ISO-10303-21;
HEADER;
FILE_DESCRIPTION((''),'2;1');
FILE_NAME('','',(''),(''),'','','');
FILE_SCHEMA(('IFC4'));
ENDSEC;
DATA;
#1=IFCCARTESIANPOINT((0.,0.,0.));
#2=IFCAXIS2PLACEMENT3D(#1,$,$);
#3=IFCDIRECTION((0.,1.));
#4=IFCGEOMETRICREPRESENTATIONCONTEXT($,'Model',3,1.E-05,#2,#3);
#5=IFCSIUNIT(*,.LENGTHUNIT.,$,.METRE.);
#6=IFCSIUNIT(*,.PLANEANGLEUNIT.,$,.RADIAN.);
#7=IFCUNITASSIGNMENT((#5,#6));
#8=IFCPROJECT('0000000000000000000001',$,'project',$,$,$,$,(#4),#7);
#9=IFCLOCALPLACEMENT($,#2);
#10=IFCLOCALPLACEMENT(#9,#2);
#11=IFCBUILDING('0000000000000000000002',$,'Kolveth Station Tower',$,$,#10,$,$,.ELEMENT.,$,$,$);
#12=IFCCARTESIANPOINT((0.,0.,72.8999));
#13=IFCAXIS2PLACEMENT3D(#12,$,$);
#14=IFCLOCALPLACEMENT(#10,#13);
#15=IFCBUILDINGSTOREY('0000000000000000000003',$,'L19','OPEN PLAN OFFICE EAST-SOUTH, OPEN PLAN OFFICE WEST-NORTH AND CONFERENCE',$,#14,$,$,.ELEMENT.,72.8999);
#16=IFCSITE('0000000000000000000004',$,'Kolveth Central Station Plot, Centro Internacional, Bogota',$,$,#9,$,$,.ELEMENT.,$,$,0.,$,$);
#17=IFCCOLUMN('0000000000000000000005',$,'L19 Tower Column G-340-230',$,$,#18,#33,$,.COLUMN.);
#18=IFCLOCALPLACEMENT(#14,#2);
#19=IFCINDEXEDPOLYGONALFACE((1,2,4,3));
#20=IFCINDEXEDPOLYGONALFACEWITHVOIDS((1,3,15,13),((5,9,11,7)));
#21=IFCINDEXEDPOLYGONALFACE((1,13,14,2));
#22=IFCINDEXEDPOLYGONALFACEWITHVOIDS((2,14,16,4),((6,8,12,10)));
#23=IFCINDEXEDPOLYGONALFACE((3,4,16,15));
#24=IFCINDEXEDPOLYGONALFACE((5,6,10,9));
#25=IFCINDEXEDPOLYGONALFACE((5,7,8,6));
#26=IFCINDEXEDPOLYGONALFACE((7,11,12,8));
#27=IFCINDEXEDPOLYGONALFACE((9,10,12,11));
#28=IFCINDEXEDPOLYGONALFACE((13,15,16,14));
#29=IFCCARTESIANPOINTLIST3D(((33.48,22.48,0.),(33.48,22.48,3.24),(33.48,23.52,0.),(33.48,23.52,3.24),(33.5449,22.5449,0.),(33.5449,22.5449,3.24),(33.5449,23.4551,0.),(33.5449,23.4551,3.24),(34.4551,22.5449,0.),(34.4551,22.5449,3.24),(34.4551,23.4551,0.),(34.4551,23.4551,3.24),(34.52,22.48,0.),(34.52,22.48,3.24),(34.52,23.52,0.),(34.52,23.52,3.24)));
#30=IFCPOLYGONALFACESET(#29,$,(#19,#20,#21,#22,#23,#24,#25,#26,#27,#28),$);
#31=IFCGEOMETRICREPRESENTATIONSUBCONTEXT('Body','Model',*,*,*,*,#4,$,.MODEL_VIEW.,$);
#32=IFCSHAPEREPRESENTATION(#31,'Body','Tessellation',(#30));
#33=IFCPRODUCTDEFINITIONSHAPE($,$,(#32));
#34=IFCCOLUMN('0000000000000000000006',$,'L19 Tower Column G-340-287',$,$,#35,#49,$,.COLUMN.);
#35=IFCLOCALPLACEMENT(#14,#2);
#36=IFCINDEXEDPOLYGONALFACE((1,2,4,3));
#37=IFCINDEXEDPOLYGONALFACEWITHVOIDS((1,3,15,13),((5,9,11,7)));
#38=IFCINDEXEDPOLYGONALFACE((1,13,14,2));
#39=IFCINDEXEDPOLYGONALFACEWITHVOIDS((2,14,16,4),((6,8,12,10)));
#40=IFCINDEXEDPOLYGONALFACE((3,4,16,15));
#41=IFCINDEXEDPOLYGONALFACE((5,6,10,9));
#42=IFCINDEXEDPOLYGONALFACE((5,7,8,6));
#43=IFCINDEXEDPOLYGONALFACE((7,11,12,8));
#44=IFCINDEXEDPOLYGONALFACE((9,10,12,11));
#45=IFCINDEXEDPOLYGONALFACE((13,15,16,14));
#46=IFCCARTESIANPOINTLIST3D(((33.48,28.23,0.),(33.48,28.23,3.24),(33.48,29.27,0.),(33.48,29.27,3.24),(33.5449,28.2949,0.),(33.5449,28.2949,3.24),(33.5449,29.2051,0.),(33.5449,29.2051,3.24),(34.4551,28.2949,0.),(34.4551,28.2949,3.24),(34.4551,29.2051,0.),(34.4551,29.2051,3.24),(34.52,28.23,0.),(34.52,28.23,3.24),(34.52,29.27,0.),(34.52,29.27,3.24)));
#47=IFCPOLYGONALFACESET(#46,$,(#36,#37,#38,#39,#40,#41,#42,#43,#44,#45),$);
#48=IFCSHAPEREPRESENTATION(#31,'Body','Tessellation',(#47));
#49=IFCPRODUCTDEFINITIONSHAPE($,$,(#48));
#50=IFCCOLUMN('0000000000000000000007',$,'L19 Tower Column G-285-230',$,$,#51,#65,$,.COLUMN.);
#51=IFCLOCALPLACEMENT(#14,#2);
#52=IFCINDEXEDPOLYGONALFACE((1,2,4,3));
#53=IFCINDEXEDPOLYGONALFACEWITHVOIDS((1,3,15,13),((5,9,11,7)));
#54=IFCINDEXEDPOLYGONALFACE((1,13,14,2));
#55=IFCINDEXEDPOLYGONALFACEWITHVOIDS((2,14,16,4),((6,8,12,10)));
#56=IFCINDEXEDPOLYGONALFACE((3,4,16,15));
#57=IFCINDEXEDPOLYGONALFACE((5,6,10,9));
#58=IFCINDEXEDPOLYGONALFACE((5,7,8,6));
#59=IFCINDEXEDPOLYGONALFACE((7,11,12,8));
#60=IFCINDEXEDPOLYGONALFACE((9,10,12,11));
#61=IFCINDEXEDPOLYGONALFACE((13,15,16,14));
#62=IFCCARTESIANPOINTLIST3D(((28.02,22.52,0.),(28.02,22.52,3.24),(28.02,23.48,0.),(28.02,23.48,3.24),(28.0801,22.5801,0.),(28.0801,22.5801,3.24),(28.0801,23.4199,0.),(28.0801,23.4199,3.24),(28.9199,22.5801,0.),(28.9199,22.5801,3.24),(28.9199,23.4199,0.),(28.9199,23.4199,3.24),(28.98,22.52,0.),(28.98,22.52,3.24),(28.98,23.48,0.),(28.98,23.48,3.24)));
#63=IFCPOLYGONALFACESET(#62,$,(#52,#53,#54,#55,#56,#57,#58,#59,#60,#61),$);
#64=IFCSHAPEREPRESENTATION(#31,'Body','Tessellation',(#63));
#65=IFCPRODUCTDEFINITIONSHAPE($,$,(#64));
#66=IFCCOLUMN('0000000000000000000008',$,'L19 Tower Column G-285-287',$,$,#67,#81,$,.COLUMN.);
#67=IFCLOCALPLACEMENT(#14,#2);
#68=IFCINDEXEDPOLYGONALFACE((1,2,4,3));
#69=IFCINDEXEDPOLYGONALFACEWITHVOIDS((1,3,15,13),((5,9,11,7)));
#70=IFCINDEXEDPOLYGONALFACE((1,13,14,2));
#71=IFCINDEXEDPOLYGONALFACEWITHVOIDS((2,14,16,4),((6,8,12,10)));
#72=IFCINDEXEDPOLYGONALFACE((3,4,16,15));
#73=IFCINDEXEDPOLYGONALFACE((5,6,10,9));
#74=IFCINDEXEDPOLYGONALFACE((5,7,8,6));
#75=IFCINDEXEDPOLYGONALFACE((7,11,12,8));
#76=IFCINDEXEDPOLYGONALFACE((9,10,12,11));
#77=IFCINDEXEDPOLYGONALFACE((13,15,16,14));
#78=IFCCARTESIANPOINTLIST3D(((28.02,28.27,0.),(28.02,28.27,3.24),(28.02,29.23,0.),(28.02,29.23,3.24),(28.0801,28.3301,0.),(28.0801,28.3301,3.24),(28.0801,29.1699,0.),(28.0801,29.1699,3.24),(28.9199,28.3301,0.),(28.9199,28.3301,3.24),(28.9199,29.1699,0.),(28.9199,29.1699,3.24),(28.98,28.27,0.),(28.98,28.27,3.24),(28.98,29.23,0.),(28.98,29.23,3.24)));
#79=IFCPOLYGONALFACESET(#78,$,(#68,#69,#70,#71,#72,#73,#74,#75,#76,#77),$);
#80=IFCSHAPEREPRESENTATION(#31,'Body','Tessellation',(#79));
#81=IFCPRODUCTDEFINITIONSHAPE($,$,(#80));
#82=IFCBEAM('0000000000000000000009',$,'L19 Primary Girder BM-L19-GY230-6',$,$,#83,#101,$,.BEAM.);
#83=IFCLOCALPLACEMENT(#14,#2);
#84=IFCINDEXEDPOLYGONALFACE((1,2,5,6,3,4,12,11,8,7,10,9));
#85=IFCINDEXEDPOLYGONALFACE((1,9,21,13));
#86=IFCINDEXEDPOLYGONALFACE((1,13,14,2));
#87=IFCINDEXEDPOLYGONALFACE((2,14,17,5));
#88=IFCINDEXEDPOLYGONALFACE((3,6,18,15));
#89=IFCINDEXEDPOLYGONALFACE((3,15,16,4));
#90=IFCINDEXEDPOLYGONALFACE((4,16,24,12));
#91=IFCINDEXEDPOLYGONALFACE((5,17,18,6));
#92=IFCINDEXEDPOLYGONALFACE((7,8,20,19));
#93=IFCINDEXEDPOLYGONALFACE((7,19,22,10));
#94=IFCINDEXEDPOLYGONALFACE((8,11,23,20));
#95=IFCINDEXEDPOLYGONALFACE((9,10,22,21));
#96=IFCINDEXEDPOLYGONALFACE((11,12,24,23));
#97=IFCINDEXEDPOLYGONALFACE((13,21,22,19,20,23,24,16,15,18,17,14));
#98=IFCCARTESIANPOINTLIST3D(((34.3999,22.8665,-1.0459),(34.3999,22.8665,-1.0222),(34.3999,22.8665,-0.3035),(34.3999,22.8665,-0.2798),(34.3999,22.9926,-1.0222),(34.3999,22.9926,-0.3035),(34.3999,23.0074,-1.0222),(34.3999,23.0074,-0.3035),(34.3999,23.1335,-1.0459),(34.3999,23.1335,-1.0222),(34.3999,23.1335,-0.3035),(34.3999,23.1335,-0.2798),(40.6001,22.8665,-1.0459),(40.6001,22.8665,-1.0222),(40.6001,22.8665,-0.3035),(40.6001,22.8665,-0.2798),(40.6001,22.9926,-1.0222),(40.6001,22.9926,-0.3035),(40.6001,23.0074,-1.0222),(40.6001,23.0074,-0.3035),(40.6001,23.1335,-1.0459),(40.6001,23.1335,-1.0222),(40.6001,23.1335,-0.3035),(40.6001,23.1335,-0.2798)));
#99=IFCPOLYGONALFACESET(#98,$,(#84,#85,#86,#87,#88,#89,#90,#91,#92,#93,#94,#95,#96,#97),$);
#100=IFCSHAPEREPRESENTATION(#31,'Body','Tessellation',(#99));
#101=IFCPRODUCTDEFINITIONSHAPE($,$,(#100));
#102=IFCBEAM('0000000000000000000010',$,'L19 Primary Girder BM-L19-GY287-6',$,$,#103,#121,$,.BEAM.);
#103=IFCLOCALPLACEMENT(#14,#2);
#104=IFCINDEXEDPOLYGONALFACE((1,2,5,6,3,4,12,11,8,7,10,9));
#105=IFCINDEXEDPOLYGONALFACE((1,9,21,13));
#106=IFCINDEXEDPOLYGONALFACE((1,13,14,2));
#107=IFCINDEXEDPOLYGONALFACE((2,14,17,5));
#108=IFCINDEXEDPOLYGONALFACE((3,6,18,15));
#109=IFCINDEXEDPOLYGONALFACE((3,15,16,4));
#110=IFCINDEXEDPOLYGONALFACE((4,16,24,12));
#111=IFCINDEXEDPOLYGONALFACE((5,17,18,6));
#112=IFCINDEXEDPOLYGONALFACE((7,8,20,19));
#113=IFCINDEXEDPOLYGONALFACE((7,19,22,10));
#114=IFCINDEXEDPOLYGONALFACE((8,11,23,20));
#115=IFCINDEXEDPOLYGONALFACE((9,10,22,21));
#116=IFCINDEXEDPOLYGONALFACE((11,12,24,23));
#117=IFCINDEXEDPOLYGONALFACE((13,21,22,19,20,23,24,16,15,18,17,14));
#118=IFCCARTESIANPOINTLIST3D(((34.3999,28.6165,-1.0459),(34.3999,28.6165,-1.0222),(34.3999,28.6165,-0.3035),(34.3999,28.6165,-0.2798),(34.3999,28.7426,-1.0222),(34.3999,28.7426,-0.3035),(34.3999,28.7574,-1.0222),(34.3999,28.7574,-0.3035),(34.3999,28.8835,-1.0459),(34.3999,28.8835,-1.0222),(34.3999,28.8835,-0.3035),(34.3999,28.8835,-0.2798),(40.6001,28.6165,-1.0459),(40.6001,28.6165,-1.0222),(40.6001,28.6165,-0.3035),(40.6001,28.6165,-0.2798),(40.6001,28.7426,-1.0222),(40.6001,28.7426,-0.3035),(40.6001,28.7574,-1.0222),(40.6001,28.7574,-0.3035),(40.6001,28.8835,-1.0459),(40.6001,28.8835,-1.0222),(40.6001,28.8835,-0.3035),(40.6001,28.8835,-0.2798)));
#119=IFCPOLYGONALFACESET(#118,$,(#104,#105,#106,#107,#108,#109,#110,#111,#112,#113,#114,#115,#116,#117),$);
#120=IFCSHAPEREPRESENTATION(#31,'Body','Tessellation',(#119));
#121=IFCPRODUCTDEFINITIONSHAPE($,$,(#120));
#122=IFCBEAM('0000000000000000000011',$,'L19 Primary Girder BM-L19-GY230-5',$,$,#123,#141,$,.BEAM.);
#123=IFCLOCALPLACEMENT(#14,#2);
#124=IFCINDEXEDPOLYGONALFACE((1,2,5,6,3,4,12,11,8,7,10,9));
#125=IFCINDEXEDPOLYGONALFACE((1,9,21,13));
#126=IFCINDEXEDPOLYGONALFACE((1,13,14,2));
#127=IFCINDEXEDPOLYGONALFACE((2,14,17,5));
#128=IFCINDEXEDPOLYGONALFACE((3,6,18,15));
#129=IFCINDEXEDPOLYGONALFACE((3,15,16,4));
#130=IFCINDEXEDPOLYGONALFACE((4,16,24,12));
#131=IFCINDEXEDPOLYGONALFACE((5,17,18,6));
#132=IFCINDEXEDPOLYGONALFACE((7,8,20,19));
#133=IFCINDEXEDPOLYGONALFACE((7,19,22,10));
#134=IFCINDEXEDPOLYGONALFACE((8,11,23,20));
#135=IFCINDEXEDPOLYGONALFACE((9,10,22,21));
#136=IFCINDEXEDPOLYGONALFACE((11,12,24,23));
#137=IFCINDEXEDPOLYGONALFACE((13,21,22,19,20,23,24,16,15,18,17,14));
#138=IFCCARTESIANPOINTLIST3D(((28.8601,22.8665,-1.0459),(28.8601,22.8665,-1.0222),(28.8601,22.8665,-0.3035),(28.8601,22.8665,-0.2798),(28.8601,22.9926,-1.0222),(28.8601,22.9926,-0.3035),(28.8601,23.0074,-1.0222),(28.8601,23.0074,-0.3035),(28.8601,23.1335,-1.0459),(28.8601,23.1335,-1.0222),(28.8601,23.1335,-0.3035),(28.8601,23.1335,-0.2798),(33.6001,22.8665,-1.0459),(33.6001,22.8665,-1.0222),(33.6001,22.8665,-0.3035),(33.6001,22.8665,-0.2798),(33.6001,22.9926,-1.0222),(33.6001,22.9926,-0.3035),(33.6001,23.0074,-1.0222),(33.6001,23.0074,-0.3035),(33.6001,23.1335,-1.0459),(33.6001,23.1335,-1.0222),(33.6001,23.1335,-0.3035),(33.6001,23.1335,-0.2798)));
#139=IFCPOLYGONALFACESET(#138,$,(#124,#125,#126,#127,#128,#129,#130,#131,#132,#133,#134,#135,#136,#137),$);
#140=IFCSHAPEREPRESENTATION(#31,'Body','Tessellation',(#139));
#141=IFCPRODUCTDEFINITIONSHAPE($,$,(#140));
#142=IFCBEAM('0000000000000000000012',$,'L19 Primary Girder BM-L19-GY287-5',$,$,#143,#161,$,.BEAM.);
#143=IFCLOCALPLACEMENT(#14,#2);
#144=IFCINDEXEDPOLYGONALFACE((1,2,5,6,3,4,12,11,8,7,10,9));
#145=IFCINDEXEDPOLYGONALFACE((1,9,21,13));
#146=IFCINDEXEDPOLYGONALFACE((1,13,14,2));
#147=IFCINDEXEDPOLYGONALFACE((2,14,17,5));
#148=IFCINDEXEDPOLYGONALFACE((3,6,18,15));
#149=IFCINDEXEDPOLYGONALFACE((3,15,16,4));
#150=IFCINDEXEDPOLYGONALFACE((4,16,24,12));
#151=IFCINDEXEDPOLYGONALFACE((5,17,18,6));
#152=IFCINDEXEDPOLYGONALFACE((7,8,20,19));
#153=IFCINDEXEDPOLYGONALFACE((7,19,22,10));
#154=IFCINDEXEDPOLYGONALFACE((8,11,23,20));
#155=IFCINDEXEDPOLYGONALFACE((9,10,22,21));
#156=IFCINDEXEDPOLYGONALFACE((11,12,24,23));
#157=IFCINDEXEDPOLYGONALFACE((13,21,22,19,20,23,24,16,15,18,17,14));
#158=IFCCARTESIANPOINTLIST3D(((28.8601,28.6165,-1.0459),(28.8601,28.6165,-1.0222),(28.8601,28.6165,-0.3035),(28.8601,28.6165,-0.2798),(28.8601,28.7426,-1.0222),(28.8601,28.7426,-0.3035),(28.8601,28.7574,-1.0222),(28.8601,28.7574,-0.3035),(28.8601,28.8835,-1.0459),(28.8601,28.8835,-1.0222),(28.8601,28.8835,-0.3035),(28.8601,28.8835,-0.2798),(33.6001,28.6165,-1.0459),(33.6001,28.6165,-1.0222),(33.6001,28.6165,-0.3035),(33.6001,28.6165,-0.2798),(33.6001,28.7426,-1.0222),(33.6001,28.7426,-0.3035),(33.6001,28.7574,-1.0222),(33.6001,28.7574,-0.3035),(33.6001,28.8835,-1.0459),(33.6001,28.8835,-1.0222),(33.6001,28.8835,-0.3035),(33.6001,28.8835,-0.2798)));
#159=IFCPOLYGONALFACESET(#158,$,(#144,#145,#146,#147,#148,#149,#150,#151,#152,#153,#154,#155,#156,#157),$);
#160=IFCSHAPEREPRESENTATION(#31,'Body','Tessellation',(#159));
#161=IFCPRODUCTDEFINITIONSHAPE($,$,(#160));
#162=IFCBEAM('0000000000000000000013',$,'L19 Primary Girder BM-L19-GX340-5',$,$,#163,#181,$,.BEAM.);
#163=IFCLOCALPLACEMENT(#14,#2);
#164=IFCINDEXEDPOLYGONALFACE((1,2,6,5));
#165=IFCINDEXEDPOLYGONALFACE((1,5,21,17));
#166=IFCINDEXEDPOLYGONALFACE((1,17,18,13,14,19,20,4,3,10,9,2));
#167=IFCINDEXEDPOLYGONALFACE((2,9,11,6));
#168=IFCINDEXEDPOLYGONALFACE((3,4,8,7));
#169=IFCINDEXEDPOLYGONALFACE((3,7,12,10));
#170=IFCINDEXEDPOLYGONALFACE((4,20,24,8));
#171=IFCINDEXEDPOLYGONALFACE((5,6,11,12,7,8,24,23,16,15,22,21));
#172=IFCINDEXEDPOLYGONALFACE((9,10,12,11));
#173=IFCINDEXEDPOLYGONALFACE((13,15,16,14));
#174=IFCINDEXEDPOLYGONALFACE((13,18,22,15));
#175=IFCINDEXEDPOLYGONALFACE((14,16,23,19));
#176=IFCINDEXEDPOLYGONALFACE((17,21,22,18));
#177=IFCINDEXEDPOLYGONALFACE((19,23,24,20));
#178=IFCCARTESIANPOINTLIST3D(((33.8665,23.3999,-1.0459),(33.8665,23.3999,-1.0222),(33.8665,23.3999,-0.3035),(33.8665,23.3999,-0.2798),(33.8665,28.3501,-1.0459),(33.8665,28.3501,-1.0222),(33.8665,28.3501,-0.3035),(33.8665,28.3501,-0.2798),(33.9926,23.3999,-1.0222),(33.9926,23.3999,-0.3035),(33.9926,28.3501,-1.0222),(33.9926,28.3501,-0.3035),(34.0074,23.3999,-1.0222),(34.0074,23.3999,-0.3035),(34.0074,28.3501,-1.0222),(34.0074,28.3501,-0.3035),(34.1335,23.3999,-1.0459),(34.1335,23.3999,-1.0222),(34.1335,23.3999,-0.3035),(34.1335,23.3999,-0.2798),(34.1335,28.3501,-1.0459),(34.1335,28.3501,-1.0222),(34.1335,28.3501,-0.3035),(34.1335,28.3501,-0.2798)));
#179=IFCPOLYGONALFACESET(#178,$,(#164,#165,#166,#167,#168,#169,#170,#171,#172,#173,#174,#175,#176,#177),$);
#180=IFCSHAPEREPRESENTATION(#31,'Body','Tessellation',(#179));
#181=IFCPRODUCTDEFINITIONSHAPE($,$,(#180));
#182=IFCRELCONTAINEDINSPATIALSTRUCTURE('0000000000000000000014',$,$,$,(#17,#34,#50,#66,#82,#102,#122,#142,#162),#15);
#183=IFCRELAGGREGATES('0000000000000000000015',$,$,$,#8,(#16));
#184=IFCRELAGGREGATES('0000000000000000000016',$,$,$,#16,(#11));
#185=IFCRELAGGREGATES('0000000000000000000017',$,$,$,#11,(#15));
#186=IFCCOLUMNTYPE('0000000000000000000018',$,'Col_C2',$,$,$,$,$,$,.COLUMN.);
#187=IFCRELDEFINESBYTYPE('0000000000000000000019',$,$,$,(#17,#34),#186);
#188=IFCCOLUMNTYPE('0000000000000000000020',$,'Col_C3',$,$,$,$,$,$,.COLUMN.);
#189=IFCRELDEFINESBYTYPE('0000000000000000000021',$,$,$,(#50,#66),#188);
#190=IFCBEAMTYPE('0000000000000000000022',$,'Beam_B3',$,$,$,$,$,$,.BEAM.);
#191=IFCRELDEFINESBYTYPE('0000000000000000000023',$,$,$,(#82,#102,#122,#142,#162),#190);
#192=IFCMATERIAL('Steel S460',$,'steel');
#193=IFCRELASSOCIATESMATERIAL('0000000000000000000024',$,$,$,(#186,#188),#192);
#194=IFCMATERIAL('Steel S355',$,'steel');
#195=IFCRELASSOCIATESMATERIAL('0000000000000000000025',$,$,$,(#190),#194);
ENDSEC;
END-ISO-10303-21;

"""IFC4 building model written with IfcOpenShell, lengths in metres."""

from ifc_helpers import new_model, si_unit, direction, frame, origin, origin_2d, place, context, subcontext, project, spatial, hollow_rectangle, i_section, extrude, source, transform, mapped, material, material_profile, profile_set, type_object, element, save


model = new_model("IFC4")

# Units and contexts
model_context = context("Model", 3, precision=1e-05, world=origin(), true_north=direction((0.0, 1.0)))
body_context = subcontext(model_context, "Body", "Model", "MODEL_VIEW")
ifc_project = project(units=[si_unit("LENGTHUNIT", "METRE"), si_unit("PLANEANGLEUNIT", "RADIAN")], contexts=[model_context])

# Site, building, storey
site_placement = place(None, origin())
site = spatial("IfcSite", under=ifc_project, at=site_placement, Name="Kolveth Central Station Plot, Centro Internacional, Bogota", CompositionType="ELEMENT", RefElevation=0.0)
building_placement = place(site_placement, origin())
building = spatial("IfcBuilding", under=site, at=building_placement, Name="Kolveth Station Tower", CompositionType="ELEMENT")
storey_placement = place(building_placement, frame((0.0, 0.0, 72.8999)))
storey = spatial("IfcBuildingStorey", under=building, at=storey_placement, Name="L19", Description="OPEN PLAN OFFICE EAST-SOUTH, OPEN PLAN OFFICE WEST-NORTH AND CONFERENCE", CompositionType="ELEMENT", Elevation=72.8999)

# Columns
ifc_material_1 = material(Name="Steel S460", Category="steel")
ifc_material_profile_1 = material_profile(ifc_material_1, hollow_rectangle(XDim=1.04, YDim=1.04, WallThickness=0.0649, at=origin_2d()), Name="BOX1040x1040x65")
ifc_profile_set_1 = profile_set([ifc_material_profile_1], Name="Steel S460")
column_type_1 = type_object("IfcColumnType", Name="Col_C2", PredefinedType="COLUMN", material=ifc_profile_set_1)
shared_shape_1 = source(origin(), body_context, "Body", "SweptSolid", [
    extrude(hollow_rectangle(XDim=1.04, YDim=1.04, WallThickness=0.0649, at=origin_2d()), origin(), (0.0, 0.0, 1.0), 3.24),
])
for number, where, z_axis, x_axis, name in (
    (1, (34.0, 23.0, 0.0), (0.0, 0.0, 1.0), (1.0, 0.0, 0.0), "L19 Tower Column G-340-230"),
    (2, (34.0, 28.75, 0.0), (0.0, 0.0, 1.0), (1.0, 0.0, 0.0), "L19 Tower Column G-340-287"),
):
    element("IfcColumn", number, at=place(storey_placement, frame(where, z_axis=z_axis, x_axis=x_axis)), inside=storey, type_object=column_type_1, Name=name, PredefinedType="COLUMN", context=body_context, shape_type="MappedRepresentation", body=[
        mapped(shared_shape_1, transform((0.0, 0.0, 0.0), x_axis=(1.0, 0.0, 0.0), y_axis=(0.0, 1.0, 0.0), z_axis=(0.0, 0.0, 1.0), scale=1.0)),
    ])
ifc_material_profile_2 = material_profile(ifc_material_1, hollow_rectangle(XDim=0.96, YDim=0.96, WallThickness=0.0601, at=origin_2d()), Name="BOX960x960x60")
ifc_profile_set_2 = profile_set([ifc_material_profile_2], Name="Steel S460")
column_type_2 = type_object("IfcColumnType", Name="Col_C3", PredefinedType="COLUMN", material=ifc_profile_set_2)
shared_shape_2 = source(origin(), body_context, "Body", "SweptSolid", [
    extrude(hollow_rectangle(XDim=0.96, YDim=0.96, WallThickness=0.0601, at=origin_2d()), origin(), (0.0, 0.0, 1.0), 3.24),
])
for number, where, z_axis, x_axis, name in (
    (3, (28.5, 23.0, 0.0), (0.0, 0.0, 1.0), (1.0, 0.0, 0.0), "L19 Tower Column G-285-230"),
    (4, (28.5, 28.75, 0.0), (0.0, 0.0, 1.0), (1.0, 0.0, 0.0), "L19 Tower Column G-285-287"),
):
    element("IfcColumn", number, at=place(storey_placement, frame(where, z_axis=z_axis, x_axis=x_axis)), inside=storey, type_object=column_type_2, Name=name, PredefinedType="COLUMN", context=body_context, shape_type="MappedRepresentation", body=[
        mapped(shared_shape_2, transform((0.0, 0.0, 0.0), x_axis=(1.0, 0.0, 0.0), y_axis=(0.0, 1.0, 0.0), z_axis=(0.0, 0.0, 1.0), scale=1.0)),
    ])

# Beams
ifc_material_2 = material(Name="Steel S355", Category="steel")
ifc_material_profile_3 = material_profile(ifc_material_2, i_section(OverallWidth=0.2671, OverallDepth=0.7661, WebThickness=0.0149, FlangeThickness=0.0237, at=origin_2d()), Name="W760x185")
ifc_profile_set_3 = profile_set([ifc_material_profile_3], Name="Steel S355")
beam_type_1 = type_object("IfcBeamType", Name="Beam_B3", PredefinedType="BEAM", material=ifc_profile_set_3)
shared_shape_3 = source(origin(), body_context, "Body", "SweptSolid", [
    extrude(i_section(OverallWidth=0.2671, OverallDepth=0.7661, WebThickness=0.0149, FlangeThickness=0.0237, at=origin_2d()), origin(), (0.0, 0.0, 1.0), 6.2002),
])
for number, where, z_axis, x_axis, name in (
    (5, (34.3999, 23.0, -0.6628), (1.0, 0.0, 0.0), (0.0, 1.0, 0.0), "L19 Primary Girder BM-L19-GY230-6"),
    (6, (34.3999, 28.75, -0.6628), (1.0, 0.0, 0.0), (0.0, 1.0, 0.0), "L19 Primary Girder BM-L19-GY287-6"),
):
    element("IfcBeam", number, at=place(storey_placement, frame(where, z_axis=z_axis, x_axis=x_axis)), inside=storey, type_object=beam_type_1, Name=name, PredefinedType="BEAM", context=body_context, shape_type="MappedRepresentation", body=[
        mapped(shared_shape_3, transform((0.0, 0.0, 0.0), x_axis=(1.0, 0.0, 0.0), y_axis=(0.0, 1.0, 0.0), z_axis=(0.0, 0.0, 1.0), scale=1.0)),
    ])
shared_shape_4 = source(origin(), body_context, "Body", "SweptSolid", [
    extrude(i_section(OverallWidth=0.2671, OverallDepth=0.7661, WebThickness=0.0149, FlangeThickness=0.0237, at=origin_2d()), origin(), (0.0, 0.0, 1.0), 4.74),
])
for number, where, z_axis, x_axis, name in (
    (7, (28.8601, 23.0, -0.6628), (1.0, 0.0, 0.0), (0.0, 1.0, 0.0), "L19 Primary Girder BM-L19-GY230-5"),
    (8, (28.8601, 28.75, -0.6628), (1.0, 0.0, 0.0), (0.0, 1.0, 0.0), "L19 Primary Girder BM-L19-GY287-5"),
):
    element("IfcBeam", number, at=place(storey_placement, frame(where, z_axis=z_axis, x_axis=x_axis)), inside=storey, type_object=beam_type_1, Name=name, PredefinedType="BEAM", context=body_context, shape_type="MappedRepresentation", body=[
        mapped(shared_shape_4, transform((0.0, 0.0, 0.0), x_axis=(1.0, 0.0, 0.0), y_axis=(0.0, 1.0, 0.0), z_axis=(0.0, 0.0, 1.0), scale=1.0)),
    ])
shared_shape_5 = source(origin(), body_context, "Body", "SweptSolid", [
    extrude(i_section(OverallWidth=0.2671, OverallDepth=0.7661, WebThickness=0.0149, FlangeThickness=0.0237, at=origin_2d()), origin(), (0.0, 0.0, 1.0), 4.9502),
])
beam_1_placement = place(storey_placement, frame((34.0, 23.3999, -0.6628), z_axis=(0.0, 1.0, 0.0), x_axis=(-1.0, 0.0, 0.0)))
element("IfcBeam", 9, at=beam_1_placement, inside=storey, type_object=beam_type_1, Name="L19 Primary Girder BM-L19-GX340-5", PredefinedType="BEAM", context=body_context, shape_type="MappedRepresentation", body=[
    mapped(shared_shape_5, transform((0.0, 0.0, 0.0), x_axis=(1.0, 0.0, 0.0), y_axis=(0.0, 1.0, 0.0), z_axis=(0.0, 0.0, 1.0), scale=1.0)),
])

save(model, "model.ifc")
